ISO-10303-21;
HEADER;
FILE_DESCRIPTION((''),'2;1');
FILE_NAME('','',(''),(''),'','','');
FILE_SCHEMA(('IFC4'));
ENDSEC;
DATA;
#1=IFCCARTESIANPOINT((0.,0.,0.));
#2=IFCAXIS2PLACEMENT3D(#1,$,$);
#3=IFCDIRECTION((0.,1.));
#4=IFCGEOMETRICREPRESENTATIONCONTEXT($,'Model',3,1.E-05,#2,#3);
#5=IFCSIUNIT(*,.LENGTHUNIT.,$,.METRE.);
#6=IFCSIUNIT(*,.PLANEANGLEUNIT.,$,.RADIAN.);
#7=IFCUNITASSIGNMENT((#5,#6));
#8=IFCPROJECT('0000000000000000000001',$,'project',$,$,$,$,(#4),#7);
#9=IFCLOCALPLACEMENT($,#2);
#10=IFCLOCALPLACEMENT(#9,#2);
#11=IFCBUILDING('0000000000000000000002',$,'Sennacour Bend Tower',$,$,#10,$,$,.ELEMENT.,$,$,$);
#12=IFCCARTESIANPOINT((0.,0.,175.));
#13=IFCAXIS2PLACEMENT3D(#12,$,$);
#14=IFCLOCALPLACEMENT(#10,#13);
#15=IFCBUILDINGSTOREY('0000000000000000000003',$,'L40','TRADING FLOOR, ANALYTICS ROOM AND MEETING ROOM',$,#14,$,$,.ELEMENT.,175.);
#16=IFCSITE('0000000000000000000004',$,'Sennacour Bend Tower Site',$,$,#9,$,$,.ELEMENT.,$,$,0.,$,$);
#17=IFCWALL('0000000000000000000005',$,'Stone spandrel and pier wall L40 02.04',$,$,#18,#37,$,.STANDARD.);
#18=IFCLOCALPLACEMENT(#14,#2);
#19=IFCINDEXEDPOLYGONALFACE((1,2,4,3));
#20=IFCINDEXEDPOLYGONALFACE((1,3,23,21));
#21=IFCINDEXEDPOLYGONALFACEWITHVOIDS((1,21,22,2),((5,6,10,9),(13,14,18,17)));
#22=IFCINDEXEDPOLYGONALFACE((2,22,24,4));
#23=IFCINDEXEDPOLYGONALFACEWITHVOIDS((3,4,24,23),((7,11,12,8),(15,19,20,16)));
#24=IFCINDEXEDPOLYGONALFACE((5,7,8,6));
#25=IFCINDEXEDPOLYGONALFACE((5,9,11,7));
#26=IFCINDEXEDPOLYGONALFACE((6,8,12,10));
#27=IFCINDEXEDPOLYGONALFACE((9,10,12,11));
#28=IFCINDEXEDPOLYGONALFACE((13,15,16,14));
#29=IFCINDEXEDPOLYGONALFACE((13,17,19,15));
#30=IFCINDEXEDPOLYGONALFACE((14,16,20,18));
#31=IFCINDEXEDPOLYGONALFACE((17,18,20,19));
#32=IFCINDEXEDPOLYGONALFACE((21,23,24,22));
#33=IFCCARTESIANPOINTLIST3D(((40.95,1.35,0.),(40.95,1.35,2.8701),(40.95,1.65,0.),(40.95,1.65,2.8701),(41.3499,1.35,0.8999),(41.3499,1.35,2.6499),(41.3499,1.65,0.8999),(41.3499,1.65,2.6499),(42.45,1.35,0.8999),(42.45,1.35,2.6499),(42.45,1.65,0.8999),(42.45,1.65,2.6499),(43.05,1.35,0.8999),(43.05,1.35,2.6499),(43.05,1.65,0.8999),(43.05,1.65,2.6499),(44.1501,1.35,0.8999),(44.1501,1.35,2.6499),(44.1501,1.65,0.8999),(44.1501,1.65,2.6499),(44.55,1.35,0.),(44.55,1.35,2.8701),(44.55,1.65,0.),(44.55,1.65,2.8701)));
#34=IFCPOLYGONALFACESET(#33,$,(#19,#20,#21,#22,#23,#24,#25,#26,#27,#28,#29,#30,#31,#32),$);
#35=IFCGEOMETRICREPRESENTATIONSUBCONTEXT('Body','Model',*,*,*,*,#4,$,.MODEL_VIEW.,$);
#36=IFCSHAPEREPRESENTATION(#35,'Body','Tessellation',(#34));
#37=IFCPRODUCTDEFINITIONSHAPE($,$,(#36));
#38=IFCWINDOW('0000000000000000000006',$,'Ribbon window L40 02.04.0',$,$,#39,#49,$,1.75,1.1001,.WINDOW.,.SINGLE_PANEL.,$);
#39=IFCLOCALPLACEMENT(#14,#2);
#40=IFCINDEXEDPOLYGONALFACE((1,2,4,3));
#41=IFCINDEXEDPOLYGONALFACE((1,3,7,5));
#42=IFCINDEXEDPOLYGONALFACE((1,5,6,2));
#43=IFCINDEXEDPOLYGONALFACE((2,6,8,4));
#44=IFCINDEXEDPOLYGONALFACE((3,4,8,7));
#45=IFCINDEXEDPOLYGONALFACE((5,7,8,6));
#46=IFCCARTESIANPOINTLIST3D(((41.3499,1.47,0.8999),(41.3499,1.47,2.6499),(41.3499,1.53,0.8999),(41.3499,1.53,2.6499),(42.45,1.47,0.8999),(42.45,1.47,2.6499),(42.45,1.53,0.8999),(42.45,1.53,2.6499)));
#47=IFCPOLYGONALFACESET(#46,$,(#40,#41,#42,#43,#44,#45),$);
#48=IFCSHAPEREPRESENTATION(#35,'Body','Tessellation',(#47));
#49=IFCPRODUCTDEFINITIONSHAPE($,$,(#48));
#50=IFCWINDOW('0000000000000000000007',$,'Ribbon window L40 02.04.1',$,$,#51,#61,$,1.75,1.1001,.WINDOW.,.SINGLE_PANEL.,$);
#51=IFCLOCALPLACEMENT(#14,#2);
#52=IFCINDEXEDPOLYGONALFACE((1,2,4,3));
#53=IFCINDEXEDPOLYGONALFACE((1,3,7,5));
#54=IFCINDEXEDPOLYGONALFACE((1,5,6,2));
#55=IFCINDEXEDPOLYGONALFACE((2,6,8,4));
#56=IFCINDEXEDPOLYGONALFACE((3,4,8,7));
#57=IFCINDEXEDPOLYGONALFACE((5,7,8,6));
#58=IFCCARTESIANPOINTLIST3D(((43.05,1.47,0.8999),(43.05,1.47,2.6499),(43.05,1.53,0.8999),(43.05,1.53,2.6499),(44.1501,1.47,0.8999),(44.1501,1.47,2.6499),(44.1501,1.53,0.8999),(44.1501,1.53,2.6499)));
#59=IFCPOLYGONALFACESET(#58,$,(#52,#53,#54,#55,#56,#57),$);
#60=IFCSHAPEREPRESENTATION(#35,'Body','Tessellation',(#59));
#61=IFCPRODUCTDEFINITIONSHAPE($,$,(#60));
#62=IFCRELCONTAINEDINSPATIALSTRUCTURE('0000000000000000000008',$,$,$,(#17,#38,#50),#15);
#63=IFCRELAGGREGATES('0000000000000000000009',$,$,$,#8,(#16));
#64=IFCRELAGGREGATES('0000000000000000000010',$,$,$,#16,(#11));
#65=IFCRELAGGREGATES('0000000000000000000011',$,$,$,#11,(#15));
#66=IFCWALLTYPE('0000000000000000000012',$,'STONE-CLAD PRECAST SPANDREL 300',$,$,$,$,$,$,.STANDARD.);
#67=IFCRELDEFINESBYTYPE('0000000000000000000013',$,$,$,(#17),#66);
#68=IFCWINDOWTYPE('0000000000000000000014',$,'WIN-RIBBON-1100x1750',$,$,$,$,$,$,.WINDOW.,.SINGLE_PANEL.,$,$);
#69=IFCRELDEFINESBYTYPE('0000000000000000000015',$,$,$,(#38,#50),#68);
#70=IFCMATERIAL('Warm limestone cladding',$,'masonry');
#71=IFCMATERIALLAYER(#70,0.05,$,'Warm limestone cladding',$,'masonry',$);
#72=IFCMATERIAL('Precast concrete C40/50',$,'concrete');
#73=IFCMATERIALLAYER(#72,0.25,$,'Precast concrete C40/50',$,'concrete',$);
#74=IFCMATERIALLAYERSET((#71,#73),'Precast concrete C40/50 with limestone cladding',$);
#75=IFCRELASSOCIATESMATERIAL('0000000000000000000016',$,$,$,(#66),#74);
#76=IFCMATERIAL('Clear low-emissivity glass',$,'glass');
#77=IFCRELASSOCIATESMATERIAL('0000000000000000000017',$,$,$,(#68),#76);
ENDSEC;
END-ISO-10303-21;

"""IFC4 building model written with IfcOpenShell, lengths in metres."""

from ifc_helpers import new_model, si_unit, direction, frame, frame_2d, origin, place, context, subcontext, project, spatial, rectangle, extrude, material, layer, layer_set, type_object, element, fill, save


model = new_model("IFC4")

# Units and contexts
model_context = context("Model", 3, precision=1e-05, world=origin(), true_north=direction((0.0, 1.0)))
body_context = subcontext(model_context, "Body", "Model", "MODEL_VIEW")
ifc_project = project(units=[si_unit("LENGTHUNIT", "METRE"), si_unit("PLANEANGLEUNIT", "RADIAN")], contexts=[model_context])

# Site, building, storey
site_placement = place(None, origin())
site = spatial("IfcSite", under=ifc_project, at=site_placement, Name="Sennacour Bend Tower Site", CompositionType="ELEMENT", RefElevation=0.0)
building_placement = place(site_placement, origin())
building = spatial("IfcBuilding", under=site, at=building_placement, Name="Sennacour Bend Tower", CompositionType="ELEMENT")
storey_placement = place(building_placement, frame((0.0, 0.0, 175.0)))
storey = spatial("IfcBuildingStorey", under=building, at=storey_placement, Name="L40", Description="TRADING FLOOR, ANALYTICS ROOM AND MEETING ROOM", CompositionType="ELEMENT", Elevation=175.0)

# Wall, openings, windows
ifc_material_1 = material(Name="Warm limestone cladding", Category="masonry")
ifc_layer_1 = layer(ifc_material_1, 0.05, Name="Warm limestone cladding", Category="masonry")
ifc_material_2 = material(Name="Precast concrete C40/50", Category="concrete")
ifc_layer_2 = layer(ifc_material_2, 0.25, Name="Precast concrete C40/50", Category="concrete")
ifc_layer_set_1 = layer_set([ifc_layer_1, ifc_layer_2], Name="Precast concrete C40/50 with limestone cladding")
wall_type_1 = type_object("IfcWallType", Name="STONE-CLAD PRECAST SPANDREL 300", PredefinedType="STANDARD", material=ifc_layer_set_1)
ifc_material_3 = material(Name="Clear low-emissivity glass", Category="glass")
window_type = type_object("IfcWindowType", Name="WIN-RIBBON-1100x1750", PartitioningType="SINGLE_PANEL", PredefinedType="WINDOW", material=ifc_material_3)
wall_1_placement = place(storey_placement, frame((40.95, 1.5, 0.0), z_axis=(0.0, 0.0, 1.0), x_axis=(1.0, 0.0, 0.0)))
wall_1 = element("IfcWall", 1, at=wall_1_placement, inside=storey, type_object=wall_type_1, Name="Stone spandrel and pier wall L40 02.04", PredefinedType="STANDARD", context=body_context, shape_type="SweptSolid", body=[
    extrude(rectangle(XDim=3.6001, YDim=0.3, at=frame_2d((1.8, 0.0))), origin(), (0.0, 0.0, 1.0), 2.8701),
])
opening_1_placement = place(wall_1_placement, frame((0.3999, 0.0, 0.8999)))
opening_1 = element("IfcOpeningElement", 2, at=opening_1_placement, cuts=wall_1, PredefinedType="OPENING", context=body_context, shape_type="SweptSolid", body=[
    extrude(rectangle(XDim=1.1001, YDim=1.75, at=frame_2d((0.55, 0.875))), frame((0.0, 0.1602, 0.0), z_axis=(0.0, -1.0, 0.0), x_axis=(1.0, 0.0, 0.0)), (0.0, 0.0, 1.0), 0.3201),
])
opening_2_placement = place(wall_1_placement, frame((2.1001, 0.0, 0.8999)))
opening_2 = element("IfcOpeningElement", 3, at=opening_2_placement, cuts=wall_1, PredefinedType="OPENING", context=body_context, shape_type="SweptSolid", body=[
    extrude(rectangle(XDim=1.1001, YDim=1.75, at=frame_2d((0.55, 0.875))), frame((0.0, 0.1602, 0.0), z_axis=(0.0, -1.0, 0.0), x_axis=(1.0, 0.0, 0.0)), (0.0, 0.0, 1.0), 0.3201),
])
window_1_placement = place(opening_1_placement, origin())
window_1 = element("IfcWindow", 4, at=window_1_placement, inside=storey, type_object=window_type, Name="Ribbon window L40 02.04.0", OverallHeight=1.75, OverallWidth=1.1001, PartitioningType="SINGLE_PANEL", PredefinedType="WINDOW", context=body_context, shape_type="SweptSolid", body=[
    extrude(rectangle(XDim=1.1001, YDim=1.75, at=frame_2d((0.55, 0.875))), frame((0.0, 0.03, 0.0), z_axis=(0.0, -1.0, 0.0), x_axis=(1.0, 0.0, 0.0)), (0.0, 0.0, 1.0), 0.0601),
])
fill(opening_1, window_1)
window_2_placement = place(opening_2_placement, origin())
window_2 = element("IfcWindow", 5, at=window_2_placement, inside=storey, type_object=window_type, Name="Ribbon window L40 02.04.1", OverallHeight=1.75, OverallWidth=1.1001, PartitioningType="SINGLE_PANEL", PredefinedType="WINDOW", context=body_context, shape_type="SweptSolid", body=[
    extrude(rectangle(XDim=1.1001, YDim=1.75, at=frame_2d((0.55, 0.875))), frame((0.0, 0.03, 0.0), z_axis=(0.0, -1.0, 0.0), x_axis=(1.0, 0.0, 0.0)), (0.0, 0.0, 1.0), 0.0601),
])
fill(opening_2, window_2)

save(model, "model.ifc")
